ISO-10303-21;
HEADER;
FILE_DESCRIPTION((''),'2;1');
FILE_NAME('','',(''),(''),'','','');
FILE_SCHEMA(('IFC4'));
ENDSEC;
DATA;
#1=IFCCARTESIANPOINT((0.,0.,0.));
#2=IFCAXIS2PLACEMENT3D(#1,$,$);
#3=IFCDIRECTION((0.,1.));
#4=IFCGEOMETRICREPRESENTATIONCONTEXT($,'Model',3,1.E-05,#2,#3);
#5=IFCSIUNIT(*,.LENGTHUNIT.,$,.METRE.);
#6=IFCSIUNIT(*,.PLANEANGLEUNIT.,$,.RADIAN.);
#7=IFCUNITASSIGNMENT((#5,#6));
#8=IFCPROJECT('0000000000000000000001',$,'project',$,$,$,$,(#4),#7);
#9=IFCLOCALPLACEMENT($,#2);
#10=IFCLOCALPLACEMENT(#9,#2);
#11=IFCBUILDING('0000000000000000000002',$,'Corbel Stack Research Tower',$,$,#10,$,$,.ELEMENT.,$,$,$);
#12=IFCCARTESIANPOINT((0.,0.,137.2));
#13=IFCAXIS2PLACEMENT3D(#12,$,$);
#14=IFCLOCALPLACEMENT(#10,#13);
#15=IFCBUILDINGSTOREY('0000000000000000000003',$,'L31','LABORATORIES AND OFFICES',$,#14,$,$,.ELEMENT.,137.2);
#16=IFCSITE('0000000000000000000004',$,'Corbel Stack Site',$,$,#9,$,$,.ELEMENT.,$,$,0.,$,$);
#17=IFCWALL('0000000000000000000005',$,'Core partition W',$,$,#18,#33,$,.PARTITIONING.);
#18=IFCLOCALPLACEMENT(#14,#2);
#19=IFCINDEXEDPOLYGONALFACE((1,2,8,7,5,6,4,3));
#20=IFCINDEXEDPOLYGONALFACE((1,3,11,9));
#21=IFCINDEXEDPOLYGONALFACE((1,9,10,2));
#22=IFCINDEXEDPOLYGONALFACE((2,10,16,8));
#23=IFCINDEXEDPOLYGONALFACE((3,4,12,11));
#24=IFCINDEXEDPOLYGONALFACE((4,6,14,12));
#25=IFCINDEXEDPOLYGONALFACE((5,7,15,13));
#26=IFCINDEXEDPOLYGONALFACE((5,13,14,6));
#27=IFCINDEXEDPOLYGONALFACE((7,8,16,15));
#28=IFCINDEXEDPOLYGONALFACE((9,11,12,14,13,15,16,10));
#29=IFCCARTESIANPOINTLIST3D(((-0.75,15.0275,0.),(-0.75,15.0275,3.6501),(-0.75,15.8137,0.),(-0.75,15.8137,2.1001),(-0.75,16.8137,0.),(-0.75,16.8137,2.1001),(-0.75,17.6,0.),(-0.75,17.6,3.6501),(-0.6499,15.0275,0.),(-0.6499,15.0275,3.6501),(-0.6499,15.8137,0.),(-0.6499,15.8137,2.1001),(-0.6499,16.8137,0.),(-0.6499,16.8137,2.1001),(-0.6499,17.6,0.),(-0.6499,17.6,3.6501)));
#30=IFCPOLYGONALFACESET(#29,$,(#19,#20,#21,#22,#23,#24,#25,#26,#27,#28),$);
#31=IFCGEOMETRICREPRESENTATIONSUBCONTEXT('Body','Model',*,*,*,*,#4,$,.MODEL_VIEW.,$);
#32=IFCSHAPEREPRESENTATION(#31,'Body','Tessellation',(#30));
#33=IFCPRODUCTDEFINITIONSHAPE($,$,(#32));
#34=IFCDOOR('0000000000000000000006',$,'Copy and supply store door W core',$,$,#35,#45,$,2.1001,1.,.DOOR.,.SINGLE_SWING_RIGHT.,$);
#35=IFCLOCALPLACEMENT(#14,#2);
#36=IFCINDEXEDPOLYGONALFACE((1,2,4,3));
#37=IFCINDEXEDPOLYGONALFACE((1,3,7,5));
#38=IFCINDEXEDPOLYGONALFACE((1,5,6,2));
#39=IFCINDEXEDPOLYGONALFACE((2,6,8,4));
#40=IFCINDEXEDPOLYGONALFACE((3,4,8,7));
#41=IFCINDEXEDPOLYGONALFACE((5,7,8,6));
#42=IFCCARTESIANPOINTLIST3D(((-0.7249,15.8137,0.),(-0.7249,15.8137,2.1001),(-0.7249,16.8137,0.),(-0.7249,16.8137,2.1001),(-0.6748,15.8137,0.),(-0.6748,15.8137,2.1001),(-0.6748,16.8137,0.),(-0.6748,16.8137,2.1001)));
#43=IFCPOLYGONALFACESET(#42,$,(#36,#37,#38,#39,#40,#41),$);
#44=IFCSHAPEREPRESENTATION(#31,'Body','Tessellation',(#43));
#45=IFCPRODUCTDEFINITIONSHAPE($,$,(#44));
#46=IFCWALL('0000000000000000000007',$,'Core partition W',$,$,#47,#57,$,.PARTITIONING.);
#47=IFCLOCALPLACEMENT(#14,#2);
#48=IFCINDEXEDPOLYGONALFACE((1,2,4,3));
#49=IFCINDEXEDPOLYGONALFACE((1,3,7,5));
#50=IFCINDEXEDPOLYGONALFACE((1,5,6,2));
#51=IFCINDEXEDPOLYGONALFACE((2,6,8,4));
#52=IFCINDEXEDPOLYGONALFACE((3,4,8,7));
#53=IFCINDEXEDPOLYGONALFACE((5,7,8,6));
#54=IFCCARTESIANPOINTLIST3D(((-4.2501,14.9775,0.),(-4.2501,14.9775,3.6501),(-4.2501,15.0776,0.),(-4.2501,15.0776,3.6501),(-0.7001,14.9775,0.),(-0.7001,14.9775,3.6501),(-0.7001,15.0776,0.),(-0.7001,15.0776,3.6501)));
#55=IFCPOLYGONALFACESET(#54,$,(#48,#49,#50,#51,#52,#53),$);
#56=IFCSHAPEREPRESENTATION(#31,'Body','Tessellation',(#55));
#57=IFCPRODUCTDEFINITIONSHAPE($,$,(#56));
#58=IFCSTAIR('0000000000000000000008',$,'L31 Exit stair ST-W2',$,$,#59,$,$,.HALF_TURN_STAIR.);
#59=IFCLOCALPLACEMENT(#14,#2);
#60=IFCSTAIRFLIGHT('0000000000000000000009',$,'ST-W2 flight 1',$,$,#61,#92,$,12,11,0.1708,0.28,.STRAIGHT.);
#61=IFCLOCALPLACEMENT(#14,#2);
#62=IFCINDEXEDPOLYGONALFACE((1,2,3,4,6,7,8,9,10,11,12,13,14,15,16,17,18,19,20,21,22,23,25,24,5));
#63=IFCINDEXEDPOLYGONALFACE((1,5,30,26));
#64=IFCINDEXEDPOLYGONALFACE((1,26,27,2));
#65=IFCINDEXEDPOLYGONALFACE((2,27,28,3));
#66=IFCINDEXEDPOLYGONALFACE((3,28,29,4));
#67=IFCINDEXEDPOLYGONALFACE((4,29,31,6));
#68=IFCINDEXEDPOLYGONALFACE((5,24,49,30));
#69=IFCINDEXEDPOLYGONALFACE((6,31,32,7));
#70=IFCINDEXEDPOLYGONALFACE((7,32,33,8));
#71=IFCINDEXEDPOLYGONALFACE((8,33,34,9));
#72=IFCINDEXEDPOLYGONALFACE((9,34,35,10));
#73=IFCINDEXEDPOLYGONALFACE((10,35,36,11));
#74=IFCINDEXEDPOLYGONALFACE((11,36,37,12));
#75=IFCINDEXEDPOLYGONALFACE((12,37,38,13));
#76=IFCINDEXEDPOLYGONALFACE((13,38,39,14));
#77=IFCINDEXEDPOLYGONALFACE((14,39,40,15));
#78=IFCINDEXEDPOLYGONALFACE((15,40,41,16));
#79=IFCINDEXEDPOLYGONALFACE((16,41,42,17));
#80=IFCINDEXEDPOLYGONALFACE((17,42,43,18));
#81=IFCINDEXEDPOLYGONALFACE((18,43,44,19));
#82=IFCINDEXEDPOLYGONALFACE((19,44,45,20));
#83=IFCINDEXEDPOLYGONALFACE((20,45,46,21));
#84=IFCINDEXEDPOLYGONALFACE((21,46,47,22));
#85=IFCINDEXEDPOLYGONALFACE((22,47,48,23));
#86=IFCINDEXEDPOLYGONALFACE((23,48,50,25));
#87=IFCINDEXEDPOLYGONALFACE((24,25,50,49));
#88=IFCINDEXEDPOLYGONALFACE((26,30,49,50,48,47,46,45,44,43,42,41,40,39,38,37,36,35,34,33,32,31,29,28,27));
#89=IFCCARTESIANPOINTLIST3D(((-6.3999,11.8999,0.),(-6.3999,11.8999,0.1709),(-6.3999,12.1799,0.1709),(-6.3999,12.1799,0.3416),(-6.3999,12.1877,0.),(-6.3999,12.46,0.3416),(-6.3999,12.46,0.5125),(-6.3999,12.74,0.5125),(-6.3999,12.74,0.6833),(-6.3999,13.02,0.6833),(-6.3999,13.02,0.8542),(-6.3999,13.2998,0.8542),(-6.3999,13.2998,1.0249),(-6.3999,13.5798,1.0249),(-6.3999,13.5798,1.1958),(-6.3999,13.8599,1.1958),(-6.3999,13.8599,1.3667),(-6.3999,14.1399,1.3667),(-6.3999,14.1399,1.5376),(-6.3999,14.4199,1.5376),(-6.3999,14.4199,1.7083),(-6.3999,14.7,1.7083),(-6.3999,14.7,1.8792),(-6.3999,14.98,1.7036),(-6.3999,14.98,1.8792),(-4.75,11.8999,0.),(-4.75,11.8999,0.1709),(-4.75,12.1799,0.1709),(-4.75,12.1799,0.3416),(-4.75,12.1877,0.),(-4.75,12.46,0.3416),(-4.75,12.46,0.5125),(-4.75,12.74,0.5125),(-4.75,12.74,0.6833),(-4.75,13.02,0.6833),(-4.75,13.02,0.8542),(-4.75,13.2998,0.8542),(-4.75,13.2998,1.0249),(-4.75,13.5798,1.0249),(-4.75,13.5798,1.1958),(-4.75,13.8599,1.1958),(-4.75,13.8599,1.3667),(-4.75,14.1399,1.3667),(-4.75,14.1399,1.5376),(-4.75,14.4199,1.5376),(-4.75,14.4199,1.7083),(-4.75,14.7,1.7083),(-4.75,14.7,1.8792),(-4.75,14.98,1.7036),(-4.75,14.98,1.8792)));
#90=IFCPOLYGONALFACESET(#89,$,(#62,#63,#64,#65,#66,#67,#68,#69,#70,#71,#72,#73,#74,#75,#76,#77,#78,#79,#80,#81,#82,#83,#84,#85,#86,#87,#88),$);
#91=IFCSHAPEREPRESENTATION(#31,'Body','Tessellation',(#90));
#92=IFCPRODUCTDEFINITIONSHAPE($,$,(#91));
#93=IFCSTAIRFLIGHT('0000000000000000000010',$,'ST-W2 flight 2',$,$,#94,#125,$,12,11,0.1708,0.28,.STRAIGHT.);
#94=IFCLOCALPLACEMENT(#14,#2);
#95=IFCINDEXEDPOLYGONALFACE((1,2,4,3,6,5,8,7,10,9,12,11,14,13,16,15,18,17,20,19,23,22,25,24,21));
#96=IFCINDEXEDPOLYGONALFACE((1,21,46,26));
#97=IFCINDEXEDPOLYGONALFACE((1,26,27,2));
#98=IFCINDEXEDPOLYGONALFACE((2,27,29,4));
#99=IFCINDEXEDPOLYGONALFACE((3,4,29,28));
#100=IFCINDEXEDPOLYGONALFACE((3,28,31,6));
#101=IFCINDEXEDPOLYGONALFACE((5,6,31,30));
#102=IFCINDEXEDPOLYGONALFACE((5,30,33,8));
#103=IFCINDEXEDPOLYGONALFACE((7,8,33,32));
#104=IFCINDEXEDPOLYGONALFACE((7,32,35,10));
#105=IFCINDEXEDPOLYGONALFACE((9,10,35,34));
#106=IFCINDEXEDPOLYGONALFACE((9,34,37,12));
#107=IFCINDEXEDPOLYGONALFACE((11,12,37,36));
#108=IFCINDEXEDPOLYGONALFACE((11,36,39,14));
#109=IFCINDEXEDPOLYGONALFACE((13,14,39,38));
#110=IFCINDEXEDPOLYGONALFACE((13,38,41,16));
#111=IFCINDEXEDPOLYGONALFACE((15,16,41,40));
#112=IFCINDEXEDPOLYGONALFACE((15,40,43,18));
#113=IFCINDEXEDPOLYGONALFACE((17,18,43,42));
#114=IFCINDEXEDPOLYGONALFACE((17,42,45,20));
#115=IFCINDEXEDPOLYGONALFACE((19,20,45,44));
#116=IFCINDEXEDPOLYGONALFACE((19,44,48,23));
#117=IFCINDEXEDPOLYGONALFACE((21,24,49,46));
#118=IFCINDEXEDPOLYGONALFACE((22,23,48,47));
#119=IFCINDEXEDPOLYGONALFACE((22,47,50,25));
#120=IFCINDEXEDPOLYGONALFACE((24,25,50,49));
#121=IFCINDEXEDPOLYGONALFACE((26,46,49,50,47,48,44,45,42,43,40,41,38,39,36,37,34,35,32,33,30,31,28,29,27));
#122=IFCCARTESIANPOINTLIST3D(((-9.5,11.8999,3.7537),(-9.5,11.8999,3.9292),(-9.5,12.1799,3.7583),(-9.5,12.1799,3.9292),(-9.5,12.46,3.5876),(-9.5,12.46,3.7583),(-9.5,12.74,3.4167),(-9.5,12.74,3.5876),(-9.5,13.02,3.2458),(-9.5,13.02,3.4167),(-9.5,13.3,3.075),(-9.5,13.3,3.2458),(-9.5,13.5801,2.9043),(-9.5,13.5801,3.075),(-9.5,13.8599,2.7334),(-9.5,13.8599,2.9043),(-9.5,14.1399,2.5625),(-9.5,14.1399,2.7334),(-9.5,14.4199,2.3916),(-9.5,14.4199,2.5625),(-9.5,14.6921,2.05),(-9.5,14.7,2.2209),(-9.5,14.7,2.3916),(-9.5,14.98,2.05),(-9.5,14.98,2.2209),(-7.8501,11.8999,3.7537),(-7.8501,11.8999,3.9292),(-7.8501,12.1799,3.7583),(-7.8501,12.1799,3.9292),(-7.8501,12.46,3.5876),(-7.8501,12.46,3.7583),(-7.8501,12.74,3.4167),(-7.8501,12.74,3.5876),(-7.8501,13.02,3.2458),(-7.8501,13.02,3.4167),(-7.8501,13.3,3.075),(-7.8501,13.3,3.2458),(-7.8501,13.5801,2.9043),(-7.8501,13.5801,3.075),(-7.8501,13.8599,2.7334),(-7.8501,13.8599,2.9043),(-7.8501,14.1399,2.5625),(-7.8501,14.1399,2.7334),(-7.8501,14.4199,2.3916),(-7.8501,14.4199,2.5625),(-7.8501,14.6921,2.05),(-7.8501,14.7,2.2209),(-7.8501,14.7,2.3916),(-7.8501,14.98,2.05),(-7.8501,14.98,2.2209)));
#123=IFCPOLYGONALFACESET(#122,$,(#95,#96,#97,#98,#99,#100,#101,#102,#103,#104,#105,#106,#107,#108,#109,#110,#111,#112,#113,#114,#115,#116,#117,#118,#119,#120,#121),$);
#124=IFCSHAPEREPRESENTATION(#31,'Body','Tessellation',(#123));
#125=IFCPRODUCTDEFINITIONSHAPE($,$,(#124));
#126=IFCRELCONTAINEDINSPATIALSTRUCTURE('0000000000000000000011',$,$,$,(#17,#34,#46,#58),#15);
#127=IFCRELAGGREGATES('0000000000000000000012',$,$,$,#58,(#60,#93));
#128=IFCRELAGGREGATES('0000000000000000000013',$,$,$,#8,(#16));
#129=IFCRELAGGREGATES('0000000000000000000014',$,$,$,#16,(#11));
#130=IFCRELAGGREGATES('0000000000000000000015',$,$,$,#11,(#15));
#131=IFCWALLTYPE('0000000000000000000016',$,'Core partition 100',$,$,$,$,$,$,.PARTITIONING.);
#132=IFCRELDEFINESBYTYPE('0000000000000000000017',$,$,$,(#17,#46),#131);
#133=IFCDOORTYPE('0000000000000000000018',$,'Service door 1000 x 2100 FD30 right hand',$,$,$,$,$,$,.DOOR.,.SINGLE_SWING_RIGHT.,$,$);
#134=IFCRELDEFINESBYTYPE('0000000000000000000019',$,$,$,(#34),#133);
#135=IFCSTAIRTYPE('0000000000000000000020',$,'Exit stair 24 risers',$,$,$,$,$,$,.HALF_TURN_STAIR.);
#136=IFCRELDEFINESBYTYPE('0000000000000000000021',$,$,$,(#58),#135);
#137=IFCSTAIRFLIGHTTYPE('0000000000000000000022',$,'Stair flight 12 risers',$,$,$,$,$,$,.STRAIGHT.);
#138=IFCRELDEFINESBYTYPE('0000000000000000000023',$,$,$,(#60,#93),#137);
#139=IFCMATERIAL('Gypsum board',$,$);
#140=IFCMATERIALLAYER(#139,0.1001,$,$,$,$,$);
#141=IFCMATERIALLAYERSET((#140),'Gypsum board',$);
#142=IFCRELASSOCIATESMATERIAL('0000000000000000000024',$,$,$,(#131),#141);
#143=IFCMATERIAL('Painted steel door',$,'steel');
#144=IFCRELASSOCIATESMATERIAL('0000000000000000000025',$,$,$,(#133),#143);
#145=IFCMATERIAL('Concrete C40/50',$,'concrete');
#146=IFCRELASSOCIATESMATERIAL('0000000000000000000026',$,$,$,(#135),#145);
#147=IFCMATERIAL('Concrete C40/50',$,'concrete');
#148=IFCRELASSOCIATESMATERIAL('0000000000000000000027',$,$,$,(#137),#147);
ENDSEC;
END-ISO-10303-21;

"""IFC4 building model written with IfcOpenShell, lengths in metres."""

from ifc_helpers import new_model, si_unit, direction, frame, frame_2d, origin, place, context, subcontext, project, spatial, polyline, rectangle, outline, extrude, material, layer, layer_set, type_object, element, fill, aggregate, save


model = new_model("IFC4")

# Units and contexts
model_context = context("Model", 3, precision=1e-05, world=origin(), true_north=direction((0.0, 1.0)))
body_context = subcontext(model_context, "Body", "Model", "MODEL_VIEW")
ifc_project = project(units=[si_unit("LENGTHUNIT", "METRE"), si_unit("PLANEANGLEUNIT", "RADIAN")], contexts=[model_context])

# Site, building, storey
site_placement = place(None, origin())
site = spatial("IfcSite", under=ifc_project, at=site_placement, Name="Corbel Stack Site", CompositionType="ELEMENT", RefElevation=0.0)
building_placement = place(site_placement, origin())
building = spatial("IfcBuilding", under=site, at=building_placement, Name="Corbel Stack Research Tower", CompositionType="ELEMENT")
storey_placement = place(building_placement, frame((0.0, 0.0, 137.2)))
storey = spatial("IfcBuildingStorey", under=building, at=storey_placement, Name="L31", Description="LABORATORIES AND OFFICES", CompositionType="ELEMENT", Elevation=137.2)

# Shared definitions
ifc_material_1 = material(Name="Gypsum board")
ifc_layer_1 = layer(ifc_material_1, 0.1001)
ifc_layer_set_1 = layer_set([ifc_layer_1], Name="Gypsum board")
wall_type_1 = type_object("IfcWallType", Name="Core partition 100", PredefinedType="PARTITIONING", material=ifc_layer_set_1)

# Wall, opening, door
wall_1_placement = place(storey_placement, frame((-0.7, 15.0276, 0.0), z_axis=(0.0, 0.0, 1.0), x_axis=(0.0, 1.0, 0.0)))
wall_1 = element("IfcWall", 1, at=wall_1_placement, inside=storey, type_object=wall_type_1, Name="Core partition W", PredefinedType="PARTITIONING", context=body_context, shape_type="SweptSolid", body=[
    extrude(rectangle(XDim=2.5725, YDim=0.1001, at=frame_2d((1.2861, 0.0))), origin(), (0.0, 0.0, 1.0), 3.6501),
])
opening_1_placement = place(wall_1_placement, frame((0.7861, 0.0, 0.0)))
opening_1 = element("IfcOpeningElement", 2, at=opening_1_placement, cuts=wall_1, PredefinedType="OPENING", context=body_context, shape_type="SweptSolid", body=[
    extrude(rectangle(XDim=1.0, YDim=2.1001, at=frame_2d((0.5, 1.05))), frame((0.0, 0.0601, 0.0), z_axis=(0.0, -1.0, 0.0), x_axis=(1.0, 0.0, 0.0)), (0.0, 0.0, 1.0), 0.1201),
])
ifc_material_2 = material(Name="Painted steel door", Category="steel")
door_type_1 = type_object("IfcDoorType", Name="Service door 1000 x 2100 FD30 right hand", OperationType="SINGLE_SWING_RIGHT", PredefinedType="DOOR", material=ifc_material_2)
door_1_placement = place(opening_1_placement, origin())
door_1 = element("IfcDoor", 3, at=door_1_placement, inside=storey, type_object=door_type_1, Name="Copy and supply store door W core", OperationType="SINGLE_SWING_RIGHT", OverallHeight=2.1001, OverallWidth=1.0, PredefinedType="DOOR", context=body_context, shape_type="SweptSolid", body=[
    extrude(rectangle(XDim=1.0, YDim=2.1001, at=frame_2d((0.5, 1.05))), frame((0.0, 0.0249, 0.0), z_axis=(0.0, -1.0, 0.0), x_axis=(1.0, 0.0, 0.0)), (0.0, 0.0, 1.0), 0.05),
])
fill(opening_1, door_1)

# Wall
wall_2_placement = place(storey_placement, frame((-4.25, 15.0276, 0.0), z_axis=(0.0, 0.0, 1.0), x_axis=(1.0, 0.0, 0.0)))
element("IfcWall", 4, at=wall_2_placement, inside=storey, type_object=wall_type_1, Name="Core partition W", PredefinedType="PARTITIONING", context=body_context, shape_type="SweptSolid", body=[
    extrude(rectangle(XDim=3.55, YDim=0.1001, at=frame_2d((1.7749, 0.0))), origin(), (0.0, 0.0, 1.0), 3.6501),
])

# Stair, stair flights
ifc_material_3 = material(Name="Concrete C40/50", Category="concrete")
stair_type = type_object("IfcStairType", Name="Exit stair 24 risers", PredefinedType="HALF_TURN_STAIR", material=ifc_material_3)
stair_placement = place(storey_placement, origin())
stair = element("IfcStair", 5, at=stair_placement, inside=storey, type_object=stair_type, Name="L31 Exit stair ST-W2", PredefinedType="HALF_TURN_STAIR")
ifc_material_4 = material(Name="Concrete C40/50", Category="concrete")
stair_flight_type = type_object("IfcStairFlightType", Name="Stair flight 12 risers", PredefinedType="STRAIGHT", material=ifc_material_4)
stair_flight_1_placement = place(storey_placement, frame((-5.575, 11.8999, 0.0), z_axis=(0.0, 0.0, 1.0), x_axis=(0.0, 1.0, 0.0)))
stair_flight_1 = element("IfcStairFlight", 6, at=stair_flight_1_placement, type_object=stair_flight_type, Name="ST-W2 flight 1", NumberOfRisers=12, NumberOfTreads=11, PredefinedType="STRAIGHT", RiserHeight=0.1708, TreadLength=0.28, context=body_context, shape_type="SweptSolid", body=[
    extrude(outline(polyline([(0.0, 0.0), (0.0, 0.1709), (0.28, 0.1709), (0.28, 0.3416), (0.5601, 0.3416), (0.5601, 0.5125), (0.8401, 0.5125), (0.8401, 0.6833), (1.1201, 0.6833), (1.1201, 0.8542), (1.3999, 0.8542), (1.3999, 1.0249), (1.6799, 1.0249), (1.6799, 1.1958), (1.96, 1.1958), (1.96, 1.3667), (2.24, 1.3667), (2.24, 1.5376), (2.52, 1.5376), (2.52, 1.7083), (2.8, 1.7083), (2.8, 1.8792), (3.0801, 1.8792), (3.0801, 2.05), (3.0801, 1.7036), (0.2878, 0.0), (0.0, 0.0)])), frame((0.0, 0.825, 0.0), z_axis=(0.0, -1.0, 0.0), x_axis=(1.0, 0.0, 0.0)), (0.0, 0.0, 1.0), 1.6499),
])
stair_flight_2_placement = place(storey_placement, frame((-8.675, 14.98, 2.05), z_axis=(0.0, 0.0, 1.0), x_axis=(0.0, -1.0, 0.0)))
stair_flight_2 = element("IfcStairFlight", 7, at=stair_flight_2_placement, type_object=stair_flight_type, Name="ST-W2 flight 2", NumberOfRisers=12, NumberOfTreads=11, PredefinedType="STRAIGHT", RiserHeight=0.1708, TreadLength=0.28, context=body_context, shape_type="SweptSolid", body=[
    extrude(outline(polyline([(0.0, 0.0), (0.0, 0.1709), (0.28, 0.1709), (0.28, 0.3416), (0.5601, 0.3416), (0.5601, 0.5125), (0.8401, 0.5125), (0.8401, 0.6833), (1.1201, 0.6833), (1.1201, 0.8542), (1.3999, 0.8542), (1.3999, 1.0249), (1.6799, 1.0249), (1.6799, 1.1958), (1.96, 1.1958), (1.96, 1.3667), (2.24, 1.3667), (2.24, 1.5376), (2.52, 1.5376), (2.52, 1.7083), (2.8, 1.7083), (2.8, 1.8792), (3.0801, 1.8792), (3.0801, 2.05), (3.0801, 1.7036), (0.2878, 0.0), (0.0, 0.0)])), frame((0.0, 0.825, 0.0), z_axis=(0.0, -1.0, 0.0), x_axis=(1.0, 0.0, 0.0)), (0.0, 0.0, 1.0), 1.6499),
])
aggregate(stair, [stair_flight_1, stair_flight_2])

save(model, "model.ifc")
